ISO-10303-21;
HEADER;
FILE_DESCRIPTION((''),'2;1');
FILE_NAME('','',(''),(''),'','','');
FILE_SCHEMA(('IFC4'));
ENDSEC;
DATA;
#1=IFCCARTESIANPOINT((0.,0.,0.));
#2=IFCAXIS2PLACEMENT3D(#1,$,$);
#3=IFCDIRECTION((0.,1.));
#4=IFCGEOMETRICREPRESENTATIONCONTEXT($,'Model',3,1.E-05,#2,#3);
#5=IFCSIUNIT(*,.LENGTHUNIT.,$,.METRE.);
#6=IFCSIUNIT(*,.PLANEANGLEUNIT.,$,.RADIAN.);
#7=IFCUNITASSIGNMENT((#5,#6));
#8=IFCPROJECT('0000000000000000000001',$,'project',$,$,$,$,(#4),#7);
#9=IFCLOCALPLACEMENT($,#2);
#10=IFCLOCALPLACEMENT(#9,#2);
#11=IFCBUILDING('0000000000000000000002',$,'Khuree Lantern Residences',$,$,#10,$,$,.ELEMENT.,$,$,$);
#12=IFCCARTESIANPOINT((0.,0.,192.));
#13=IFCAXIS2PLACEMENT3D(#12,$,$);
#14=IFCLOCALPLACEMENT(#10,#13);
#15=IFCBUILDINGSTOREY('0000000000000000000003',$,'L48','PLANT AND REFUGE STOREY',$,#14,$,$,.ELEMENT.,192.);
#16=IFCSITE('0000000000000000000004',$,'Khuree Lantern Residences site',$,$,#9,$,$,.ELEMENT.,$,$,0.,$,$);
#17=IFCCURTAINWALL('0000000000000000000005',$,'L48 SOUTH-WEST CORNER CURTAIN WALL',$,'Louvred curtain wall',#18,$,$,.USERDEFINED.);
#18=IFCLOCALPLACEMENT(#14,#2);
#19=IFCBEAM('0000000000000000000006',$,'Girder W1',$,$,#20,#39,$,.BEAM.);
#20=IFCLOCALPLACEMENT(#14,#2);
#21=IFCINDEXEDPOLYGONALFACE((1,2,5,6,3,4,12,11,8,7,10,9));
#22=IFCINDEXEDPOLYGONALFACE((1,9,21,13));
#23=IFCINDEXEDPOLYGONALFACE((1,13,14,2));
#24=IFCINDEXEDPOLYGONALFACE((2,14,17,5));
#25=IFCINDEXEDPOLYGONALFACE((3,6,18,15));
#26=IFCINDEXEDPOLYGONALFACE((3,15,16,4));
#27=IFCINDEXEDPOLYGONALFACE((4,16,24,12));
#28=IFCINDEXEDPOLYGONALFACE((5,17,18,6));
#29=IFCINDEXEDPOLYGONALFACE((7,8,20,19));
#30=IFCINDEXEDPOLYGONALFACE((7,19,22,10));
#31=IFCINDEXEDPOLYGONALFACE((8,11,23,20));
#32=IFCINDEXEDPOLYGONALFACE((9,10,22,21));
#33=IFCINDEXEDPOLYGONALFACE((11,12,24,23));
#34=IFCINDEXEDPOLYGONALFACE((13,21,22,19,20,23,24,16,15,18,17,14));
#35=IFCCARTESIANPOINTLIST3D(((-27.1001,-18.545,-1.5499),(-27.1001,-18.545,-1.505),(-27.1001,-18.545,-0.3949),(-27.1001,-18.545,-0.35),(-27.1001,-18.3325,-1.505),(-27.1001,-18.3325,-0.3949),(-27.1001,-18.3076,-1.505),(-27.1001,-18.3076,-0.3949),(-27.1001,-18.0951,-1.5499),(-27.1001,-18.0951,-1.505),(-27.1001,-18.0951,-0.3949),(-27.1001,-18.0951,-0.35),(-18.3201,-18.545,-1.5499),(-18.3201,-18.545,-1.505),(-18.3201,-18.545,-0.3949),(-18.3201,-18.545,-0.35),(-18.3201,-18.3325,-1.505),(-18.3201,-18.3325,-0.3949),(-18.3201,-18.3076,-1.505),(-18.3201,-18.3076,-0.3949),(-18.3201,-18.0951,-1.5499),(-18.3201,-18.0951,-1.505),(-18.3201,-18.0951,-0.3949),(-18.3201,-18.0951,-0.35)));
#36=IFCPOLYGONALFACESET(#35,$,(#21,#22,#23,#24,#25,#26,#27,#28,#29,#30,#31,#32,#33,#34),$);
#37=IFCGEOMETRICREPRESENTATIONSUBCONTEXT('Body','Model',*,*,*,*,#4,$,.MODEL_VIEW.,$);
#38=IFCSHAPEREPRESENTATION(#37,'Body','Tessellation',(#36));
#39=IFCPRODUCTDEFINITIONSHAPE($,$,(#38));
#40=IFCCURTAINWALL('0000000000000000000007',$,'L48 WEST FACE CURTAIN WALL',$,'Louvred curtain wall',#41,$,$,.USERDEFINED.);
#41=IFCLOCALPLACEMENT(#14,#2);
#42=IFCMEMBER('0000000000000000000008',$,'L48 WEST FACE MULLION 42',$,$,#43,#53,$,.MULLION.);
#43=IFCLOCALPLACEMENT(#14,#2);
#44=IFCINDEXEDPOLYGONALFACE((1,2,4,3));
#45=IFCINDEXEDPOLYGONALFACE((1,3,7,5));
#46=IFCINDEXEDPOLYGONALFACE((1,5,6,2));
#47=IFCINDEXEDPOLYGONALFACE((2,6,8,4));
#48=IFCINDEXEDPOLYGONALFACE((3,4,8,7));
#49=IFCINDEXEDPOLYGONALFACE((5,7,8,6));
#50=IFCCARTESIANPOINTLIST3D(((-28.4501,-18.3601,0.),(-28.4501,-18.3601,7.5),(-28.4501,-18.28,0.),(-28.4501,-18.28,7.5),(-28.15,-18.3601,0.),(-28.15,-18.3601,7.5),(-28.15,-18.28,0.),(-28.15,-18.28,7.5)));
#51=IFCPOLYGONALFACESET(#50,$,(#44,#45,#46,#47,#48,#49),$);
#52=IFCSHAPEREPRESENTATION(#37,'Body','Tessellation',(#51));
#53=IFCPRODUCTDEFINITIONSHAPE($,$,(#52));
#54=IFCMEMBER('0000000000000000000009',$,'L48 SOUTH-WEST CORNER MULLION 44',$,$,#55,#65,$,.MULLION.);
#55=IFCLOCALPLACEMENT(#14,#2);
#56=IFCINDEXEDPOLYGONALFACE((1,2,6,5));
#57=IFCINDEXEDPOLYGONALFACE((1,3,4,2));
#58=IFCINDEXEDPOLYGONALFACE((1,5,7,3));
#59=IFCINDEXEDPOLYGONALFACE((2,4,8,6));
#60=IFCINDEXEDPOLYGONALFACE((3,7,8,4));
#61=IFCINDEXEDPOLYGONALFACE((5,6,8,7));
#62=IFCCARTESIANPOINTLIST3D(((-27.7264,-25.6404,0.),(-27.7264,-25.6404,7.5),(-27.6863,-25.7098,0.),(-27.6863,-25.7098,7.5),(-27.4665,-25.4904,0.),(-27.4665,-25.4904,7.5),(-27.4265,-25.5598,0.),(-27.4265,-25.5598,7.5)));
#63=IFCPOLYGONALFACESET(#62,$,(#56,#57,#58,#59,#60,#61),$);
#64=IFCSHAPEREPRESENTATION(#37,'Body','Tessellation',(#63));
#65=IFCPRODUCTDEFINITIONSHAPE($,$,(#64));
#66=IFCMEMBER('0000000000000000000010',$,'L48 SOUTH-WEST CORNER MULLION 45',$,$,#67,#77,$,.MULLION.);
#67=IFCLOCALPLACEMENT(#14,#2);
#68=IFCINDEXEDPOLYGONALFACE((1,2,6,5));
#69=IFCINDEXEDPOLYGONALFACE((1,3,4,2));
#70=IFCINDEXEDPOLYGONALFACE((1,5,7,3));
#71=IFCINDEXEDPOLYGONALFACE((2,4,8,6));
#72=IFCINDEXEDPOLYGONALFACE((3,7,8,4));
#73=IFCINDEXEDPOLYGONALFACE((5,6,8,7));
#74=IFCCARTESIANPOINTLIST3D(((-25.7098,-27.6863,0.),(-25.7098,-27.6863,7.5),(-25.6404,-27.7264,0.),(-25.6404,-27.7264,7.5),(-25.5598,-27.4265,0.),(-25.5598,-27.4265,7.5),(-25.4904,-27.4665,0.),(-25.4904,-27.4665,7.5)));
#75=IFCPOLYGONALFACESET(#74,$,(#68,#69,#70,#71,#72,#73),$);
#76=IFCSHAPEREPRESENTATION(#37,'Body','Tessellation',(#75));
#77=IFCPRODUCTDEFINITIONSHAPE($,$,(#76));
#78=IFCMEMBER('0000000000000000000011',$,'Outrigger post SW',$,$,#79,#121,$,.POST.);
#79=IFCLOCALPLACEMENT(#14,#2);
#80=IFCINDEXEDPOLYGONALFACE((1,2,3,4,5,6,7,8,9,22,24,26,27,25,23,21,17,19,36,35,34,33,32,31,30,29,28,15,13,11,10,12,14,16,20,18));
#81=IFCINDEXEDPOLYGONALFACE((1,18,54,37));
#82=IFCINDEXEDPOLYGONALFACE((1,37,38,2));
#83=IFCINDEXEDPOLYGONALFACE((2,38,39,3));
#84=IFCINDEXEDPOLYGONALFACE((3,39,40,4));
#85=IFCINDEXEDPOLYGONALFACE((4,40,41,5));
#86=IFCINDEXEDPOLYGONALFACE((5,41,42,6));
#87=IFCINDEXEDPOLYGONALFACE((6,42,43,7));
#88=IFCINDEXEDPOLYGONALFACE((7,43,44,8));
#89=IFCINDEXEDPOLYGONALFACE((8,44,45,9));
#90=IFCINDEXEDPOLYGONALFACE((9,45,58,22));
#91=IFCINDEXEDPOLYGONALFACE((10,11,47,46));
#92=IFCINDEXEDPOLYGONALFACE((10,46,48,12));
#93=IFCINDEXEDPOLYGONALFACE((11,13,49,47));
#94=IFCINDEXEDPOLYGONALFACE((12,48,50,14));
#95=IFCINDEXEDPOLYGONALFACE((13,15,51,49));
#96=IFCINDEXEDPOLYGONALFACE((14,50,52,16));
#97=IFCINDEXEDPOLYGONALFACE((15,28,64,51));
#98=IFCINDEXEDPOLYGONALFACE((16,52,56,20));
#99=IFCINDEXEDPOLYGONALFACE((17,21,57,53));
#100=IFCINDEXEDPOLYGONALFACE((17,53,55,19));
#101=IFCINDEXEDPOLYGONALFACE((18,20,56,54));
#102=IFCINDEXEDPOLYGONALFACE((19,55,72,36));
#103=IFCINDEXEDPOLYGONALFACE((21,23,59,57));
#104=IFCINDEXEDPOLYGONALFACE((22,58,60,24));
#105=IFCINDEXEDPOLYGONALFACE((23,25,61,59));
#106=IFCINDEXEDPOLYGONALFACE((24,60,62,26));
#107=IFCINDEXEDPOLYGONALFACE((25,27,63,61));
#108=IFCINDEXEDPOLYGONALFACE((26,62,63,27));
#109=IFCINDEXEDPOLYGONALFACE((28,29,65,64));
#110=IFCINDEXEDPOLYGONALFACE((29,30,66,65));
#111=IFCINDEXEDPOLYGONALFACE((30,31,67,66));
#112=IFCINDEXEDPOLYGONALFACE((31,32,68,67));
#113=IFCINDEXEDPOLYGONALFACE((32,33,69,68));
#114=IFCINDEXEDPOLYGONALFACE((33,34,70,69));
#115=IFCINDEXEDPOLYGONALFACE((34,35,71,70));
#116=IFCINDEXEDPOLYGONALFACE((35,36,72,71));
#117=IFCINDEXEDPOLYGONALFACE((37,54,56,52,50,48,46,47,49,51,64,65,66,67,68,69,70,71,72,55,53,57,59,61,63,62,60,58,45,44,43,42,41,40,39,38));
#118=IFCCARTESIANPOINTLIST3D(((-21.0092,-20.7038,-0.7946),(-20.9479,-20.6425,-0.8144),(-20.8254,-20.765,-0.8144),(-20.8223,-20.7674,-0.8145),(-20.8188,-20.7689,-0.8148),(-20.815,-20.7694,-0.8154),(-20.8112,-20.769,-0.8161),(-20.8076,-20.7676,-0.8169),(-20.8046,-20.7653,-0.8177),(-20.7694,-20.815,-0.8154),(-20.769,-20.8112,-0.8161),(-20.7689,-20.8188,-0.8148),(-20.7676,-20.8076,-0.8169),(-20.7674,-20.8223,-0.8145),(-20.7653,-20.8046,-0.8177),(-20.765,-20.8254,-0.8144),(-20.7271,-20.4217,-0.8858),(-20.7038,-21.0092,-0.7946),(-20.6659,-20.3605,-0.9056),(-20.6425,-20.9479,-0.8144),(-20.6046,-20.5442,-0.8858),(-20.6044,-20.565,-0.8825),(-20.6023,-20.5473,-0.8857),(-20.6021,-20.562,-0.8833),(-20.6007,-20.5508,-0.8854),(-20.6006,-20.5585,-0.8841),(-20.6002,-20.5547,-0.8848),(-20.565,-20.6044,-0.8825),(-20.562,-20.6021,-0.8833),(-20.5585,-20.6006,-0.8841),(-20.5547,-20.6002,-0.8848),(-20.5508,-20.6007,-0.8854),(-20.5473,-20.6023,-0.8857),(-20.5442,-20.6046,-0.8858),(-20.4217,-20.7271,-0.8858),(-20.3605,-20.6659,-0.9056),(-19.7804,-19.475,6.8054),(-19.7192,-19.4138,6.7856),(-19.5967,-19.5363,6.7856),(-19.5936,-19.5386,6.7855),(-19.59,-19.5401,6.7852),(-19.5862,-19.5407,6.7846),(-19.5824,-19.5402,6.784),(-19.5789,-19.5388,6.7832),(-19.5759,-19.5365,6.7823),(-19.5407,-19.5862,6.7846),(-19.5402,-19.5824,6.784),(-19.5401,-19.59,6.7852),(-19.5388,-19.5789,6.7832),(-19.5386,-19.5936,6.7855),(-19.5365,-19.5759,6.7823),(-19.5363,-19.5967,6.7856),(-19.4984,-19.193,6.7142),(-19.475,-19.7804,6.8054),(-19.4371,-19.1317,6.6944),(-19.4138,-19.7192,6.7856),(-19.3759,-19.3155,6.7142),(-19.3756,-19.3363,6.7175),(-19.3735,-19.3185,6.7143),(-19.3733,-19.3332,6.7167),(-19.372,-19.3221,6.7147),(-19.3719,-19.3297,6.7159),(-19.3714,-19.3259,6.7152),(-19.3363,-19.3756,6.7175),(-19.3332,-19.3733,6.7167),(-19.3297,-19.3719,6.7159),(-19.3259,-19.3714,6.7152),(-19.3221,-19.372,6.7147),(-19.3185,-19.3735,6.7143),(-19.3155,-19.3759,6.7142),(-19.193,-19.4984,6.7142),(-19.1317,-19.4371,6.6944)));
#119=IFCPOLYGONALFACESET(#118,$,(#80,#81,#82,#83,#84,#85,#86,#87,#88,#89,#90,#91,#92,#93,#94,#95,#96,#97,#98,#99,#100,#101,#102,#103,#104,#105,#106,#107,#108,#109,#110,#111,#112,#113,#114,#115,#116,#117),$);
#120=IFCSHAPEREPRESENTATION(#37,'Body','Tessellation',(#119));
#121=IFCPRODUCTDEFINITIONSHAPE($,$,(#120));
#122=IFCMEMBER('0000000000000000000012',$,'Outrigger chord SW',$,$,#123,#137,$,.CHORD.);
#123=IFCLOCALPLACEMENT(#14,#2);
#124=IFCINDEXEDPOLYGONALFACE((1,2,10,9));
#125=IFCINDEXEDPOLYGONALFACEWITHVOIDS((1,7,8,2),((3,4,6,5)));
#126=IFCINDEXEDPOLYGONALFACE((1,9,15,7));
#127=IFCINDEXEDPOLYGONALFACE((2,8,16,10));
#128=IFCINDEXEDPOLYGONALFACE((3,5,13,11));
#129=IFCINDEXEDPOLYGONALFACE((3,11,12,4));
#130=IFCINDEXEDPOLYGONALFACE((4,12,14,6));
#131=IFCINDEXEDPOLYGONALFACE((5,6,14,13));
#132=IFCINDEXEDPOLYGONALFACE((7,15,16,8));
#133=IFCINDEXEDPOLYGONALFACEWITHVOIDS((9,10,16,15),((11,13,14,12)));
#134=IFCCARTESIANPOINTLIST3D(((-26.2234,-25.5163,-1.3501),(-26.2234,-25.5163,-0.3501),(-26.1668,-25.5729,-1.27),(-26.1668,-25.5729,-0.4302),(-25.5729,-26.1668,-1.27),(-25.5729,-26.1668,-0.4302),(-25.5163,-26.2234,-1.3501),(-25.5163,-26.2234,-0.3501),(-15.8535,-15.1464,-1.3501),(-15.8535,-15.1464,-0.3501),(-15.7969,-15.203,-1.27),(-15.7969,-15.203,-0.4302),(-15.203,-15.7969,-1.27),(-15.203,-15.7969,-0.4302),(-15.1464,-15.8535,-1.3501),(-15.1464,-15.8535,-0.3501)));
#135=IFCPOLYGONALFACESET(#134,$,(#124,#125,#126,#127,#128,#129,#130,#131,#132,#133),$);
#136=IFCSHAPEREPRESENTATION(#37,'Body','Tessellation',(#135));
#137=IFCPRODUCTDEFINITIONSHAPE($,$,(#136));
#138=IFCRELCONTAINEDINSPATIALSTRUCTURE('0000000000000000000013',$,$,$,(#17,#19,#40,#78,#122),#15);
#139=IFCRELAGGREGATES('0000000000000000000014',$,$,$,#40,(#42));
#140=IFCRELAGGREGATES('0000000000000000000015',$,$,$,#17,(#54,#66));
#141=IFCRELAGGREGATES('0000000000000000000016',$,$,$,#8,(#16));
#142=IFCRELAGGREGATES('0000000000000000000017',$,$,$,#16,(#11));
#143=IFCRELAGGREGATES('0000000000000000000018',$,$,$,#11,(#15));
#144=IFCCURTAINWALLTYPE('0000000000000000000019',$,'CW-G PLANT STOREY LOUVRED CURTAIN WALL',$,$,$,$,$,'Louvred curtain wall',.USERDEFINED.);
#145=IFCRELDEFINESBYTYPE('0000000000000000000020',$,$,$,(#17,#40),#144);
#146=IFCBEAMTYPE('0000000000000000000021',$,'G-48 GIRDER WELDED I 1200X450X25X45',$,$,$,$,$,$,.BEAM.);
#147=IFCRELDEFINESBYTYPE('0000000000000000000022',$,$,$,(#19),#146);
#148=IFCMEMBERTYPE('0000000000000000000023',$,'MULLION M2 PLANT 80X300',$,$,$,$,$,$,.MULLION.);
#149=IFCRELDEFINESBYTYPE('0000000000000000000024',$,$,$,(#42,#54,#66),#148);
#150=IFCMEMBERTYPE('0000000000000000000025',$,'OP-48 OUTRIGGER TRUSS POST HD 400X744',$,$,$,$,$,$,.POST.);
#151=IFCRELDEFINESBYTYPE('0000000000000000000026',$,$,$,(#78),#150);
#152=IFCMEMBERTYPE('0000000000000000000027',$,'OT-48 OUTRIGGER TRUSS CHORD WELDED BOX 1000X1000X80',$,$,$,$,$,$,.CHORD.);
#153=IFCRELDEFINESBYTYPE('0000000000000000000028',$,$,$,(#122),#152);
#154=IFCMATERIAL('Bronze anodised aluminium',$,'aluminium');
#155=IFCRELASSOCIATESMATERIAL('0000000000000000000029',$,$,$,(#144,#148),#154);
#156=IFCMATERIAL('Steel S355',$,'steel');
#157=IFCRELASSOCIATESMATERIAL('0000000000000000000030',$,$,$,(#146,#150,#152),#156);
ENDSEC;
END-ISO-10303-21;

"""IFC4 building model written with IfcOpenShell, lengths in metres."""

from ifc_helpers import new_model, si_unit, direction, frame, origin, origin_2d, place, context, subcontext, project, spatial, rectangle, hollow_rectangle, i_section, extrude, material, material_profile, profile_set, type_object, element, aggregate, save


model = new_model("IFC4")

# Units and contexts
model_context = context("Model", 3, precision=1e-05, world=origin(), true_north=direction((0.0, 1.0)))
body_context = subcontext(model_context, "Body", "Model", "MODEL_VIEW")
ifc_project = project(units=[si_unit("LENGTHUNIT", "METRE"), si_unit("PLANEANGLEUNIT", "RADIAN")], contexts=[model_context])

# Site, building, storey
site_placement = place(None, origin())
site = spatial("IfcSite", under=ifc_project, at=site_placement, Name="Khuree Lantern Residences site", CompositionType="ELEMENT", RefElevation=0.0)
building_placement = place(site_placement, origin())
building = spatial("IfcBuilding", under=site, at=building_placement, Name="Khuree Lantern Residences", CompositionType="ELEMENT")
storey_placement = place(building_placement, frame((0.0, 0.0, 192.0)))
storey = spatial("IfcBuildingStorey", under=building, at=storey_placement, Name="L48", Description="PLANT AND REFUGE STOREY", CompositionType="ELEMENT", Elevation=192.0)

# Shared definitions
ifc_material_1 = material(Name="Steel S355", Category="steel")

# Curtain wall
ifc_material_2 = material(Name="Bronze anodised aluminium", Category="aluminium")
curtain_wall_type = type_object("IfcCurtainWallType", Name="CW-G PLANT STOREY LOUVRED CURTAIN WALL", ElementType="Louvred curtain wall", PredefinedType="USERDEFINED", material=ifc_material_2)
curtain_wall_1_placement = place(storey_placement, origin())
curtain_wall_1 = element("IfcCurtainWall", 1, at=curtain_wall_1_placement, inside=storey, type_object=curtain_wall_type, Name="L48 SOUTH-WEST CORNER CURTAIN WALL", ObjectType="Louvred curtain wall", PredefinedType="USERDEFINED")

# Beam
ifc_material_profile_1 = material_profile(ifc_material_1, i_section(OverallWidth=0.45, OverallDepth=1.2, WebThickness=0.0249, FlangeThickness=0.0449, at=origin_2d()), Name="WELDED I 1200X450X25X45")
ifc_profile_set_1 = profile_set([ifc_material_profile_1], Name="Steel S355")
beam_type_1 = type_object("IfcBeamType", Name="G-48 GIRDER WELDED I 1200X450X25X45", PredefinedType="BEAM", material=ifc_profile_set_1)
beam_placement = place(storey_placement, frame((-27.1001, -18.3201, -0.95), z_axis=(1.0, 0.0, 0.0), x_axis=(0.0, 1.0, 0.0)))
element("IfcBeam", 2, at=beam_placement, inside=storey, type_object=beam_type_1, Name="Girder W1", PredefinedType="BEAM", context=body_context, shape_type="SweptSolid", body=[
    extrude(i_section(OverallWidth=0.45, OverallDepth=1.2, WebThickness=0.0249, FlangeThickness=0.0449, at=origin_2d()), origin(), (0.0, 0.0, 1.0), 8.78),
])

# Curtain wall, member
curtain_wall_2_placement = place(storey_placement, origin())
curtain_wall_2 = element("IfcCurtainWall", 3, at=curtain_wall_2_placement, inside=storey, type_object=curtain_wall_type, Name="L48 WEST FACE CURTAIN WALL", ObjectType="Louvred curtain wall", PredefinedType="USERDEFINED")
ifc_material_profile_2 = material_profile(ifc_material_2, rectangle(XDim=0.0801, YDim=0.3, at=origin_2d()), Name="M2 80X300")
ifc_profile_set_2 = profile_set([ifc_material_profile_2], Name="Bronze anodised aluminium")
member_type_1 = type_object("IfcMemberType", Name="MULLION M2 PLANT 80X300", PredefinedType="MULLION", material=ifc_profile_set_2)
member_1_placement = place(storey_placement, frame((-28.3, -18.3201, 0.0), z_axis=(0.0, 0.0, 1.0), x_axis=(0.0, -1.0, 0.0)))
member_1 = element("IfcMember", 4, at=member_1_placement, type_object=member_type_1, Name="L48 WEST FACE MULLION 42", PredefinedType="MULLION", context=body_context, shape_type="SweptSolid", body=[
    extrude(rectangle(XDim=0.0801, YDim=0.3, at=origin_2d()), origin(), (0.0, 0.0, 1.0), 7.5),
])

# Members
member_2_placement = place(storey_placement, frame((-27.5764, -25.6001, 0.0), z_axis=(0.0, 0.0, 1.0), x_axis=(0.5, -0.866025, 0.0)))
member_2 = element("IfcMember", 5, at=member_2_placement, type_object=member_type_1, Name="L48 SOUTH-WEST CORNER MULLION 44", PredefinedType="MULLION", context=body_context, shape_type="SweptSolid", body=[
    extrude(rectangle(XDim=0.0801, YDim=0.3, at=origin_2d()), origin(), (0.0, 0.0, 1.0), 7.5),
])
member_3_placement = place(storey_placement, frame((-25.6001, -27.5764, 0.0), z_axis=(0.0, 0.0, 1.0), x_axis=(0.866025, -0.5, 0.0)))
member_3 = element("IfcMember", 6, at=member_3_placement, type_object=member_type_1, Name="L48 SOUTH-WEST CORNER MULLION 45", PredefinedType="MULLION", context=body_context, shape_type="SweptSolid", body=[
    extrude(rectangle(XDim=0.0801, YDim=0.3, at=origin_2d()), origin(), (0.0, 0.0, 1.0), 7.5),
])

# Members
ifc_material_profile_3 = material_profile(ifc_material_1, i_section(OverallWidth=0.4319, OverallDepth=0.498, WebThickness=0.0557, FlangeThickness=0.0889, FilletRadius=0.0149, at=origin_2d()), Name="HD 400X744")
ifc_profile_set_3 = profile_set([ifc_material_profile_3], Name="Steel S355")
member_type_2 = type_object("IfcMemberType", Name="OP-48 OUTRIGGER TRUSS POST HD 400X744", PredefinedType="POST", material=ifc_profile_set_3)
member_4_placement = place(storey_placement, frame((-20.6848, -20.6848, -0.8501), z_axis=(0.15761, 0.15761, 0.974843), x_axis=(-0.707107, 0.707107, 0.0)))
element("IfcMember", 7, at=member_4_placement, inside=storey, type_object=member_type_2, Name="Outrigger post SW", PredefinedType="POST", context=body_context, shape_type="SweptSolid", body=[
    extrude(i_section(OverallWidth=0.4319, OverallDepth=0.498, WebThickness=0.0557, FlangeThickness=0.0889, FilletRadius=0.0149, at=origin_2d()), origin(), (0.0, 0.0, 1.0), 7.7961),
])
ifc_material_profile_4 = material_profile(ifc_material_1, hollow_rectangle(XDim=1.0, YDim=1.0, WallThickness=0.0801, at=origin_2d()), Name="WELDED BOX 1000X1000X80")
ifc_profile_set_4 = profile_set([ifc_material_profile_4], Name="Steel S355")
member_type_3 = type_object("IfcMemberType", Name="OT-48 OUTRIGGER TRUSS CHORD WELDED BOX 1000X1000X80", PredefinedType="CHORD", material=ifc_profile_set_4)
member_5_placement = place(storey_placement, frame((-25.8699, -25.8699, -0.8501), z_axis=(0.707107, 0.707107, 0.0), x_axis=(-0.707107, 0.707107, 0.0)))
element("IfcMember", 8, at=member_5_placement, inside=storey, type_object=member_type_3, Name="Outrigger chord SW", PredefinedType="CHORD", context=body_context, shape_type="SweptSolid", body=[
    extrude(hollow_rectangle(XDim=1.0, YDim=1.0, WallThickness=0.0801, at=origin_2d()), origin(), (0.0, 0.0, 1.0), 14.6653),
])

aggregate(curtain_wall_2, [member_1])
aggregate(curtain_wall_1, [member_2, member_3])

save(model, "model.ifc")
